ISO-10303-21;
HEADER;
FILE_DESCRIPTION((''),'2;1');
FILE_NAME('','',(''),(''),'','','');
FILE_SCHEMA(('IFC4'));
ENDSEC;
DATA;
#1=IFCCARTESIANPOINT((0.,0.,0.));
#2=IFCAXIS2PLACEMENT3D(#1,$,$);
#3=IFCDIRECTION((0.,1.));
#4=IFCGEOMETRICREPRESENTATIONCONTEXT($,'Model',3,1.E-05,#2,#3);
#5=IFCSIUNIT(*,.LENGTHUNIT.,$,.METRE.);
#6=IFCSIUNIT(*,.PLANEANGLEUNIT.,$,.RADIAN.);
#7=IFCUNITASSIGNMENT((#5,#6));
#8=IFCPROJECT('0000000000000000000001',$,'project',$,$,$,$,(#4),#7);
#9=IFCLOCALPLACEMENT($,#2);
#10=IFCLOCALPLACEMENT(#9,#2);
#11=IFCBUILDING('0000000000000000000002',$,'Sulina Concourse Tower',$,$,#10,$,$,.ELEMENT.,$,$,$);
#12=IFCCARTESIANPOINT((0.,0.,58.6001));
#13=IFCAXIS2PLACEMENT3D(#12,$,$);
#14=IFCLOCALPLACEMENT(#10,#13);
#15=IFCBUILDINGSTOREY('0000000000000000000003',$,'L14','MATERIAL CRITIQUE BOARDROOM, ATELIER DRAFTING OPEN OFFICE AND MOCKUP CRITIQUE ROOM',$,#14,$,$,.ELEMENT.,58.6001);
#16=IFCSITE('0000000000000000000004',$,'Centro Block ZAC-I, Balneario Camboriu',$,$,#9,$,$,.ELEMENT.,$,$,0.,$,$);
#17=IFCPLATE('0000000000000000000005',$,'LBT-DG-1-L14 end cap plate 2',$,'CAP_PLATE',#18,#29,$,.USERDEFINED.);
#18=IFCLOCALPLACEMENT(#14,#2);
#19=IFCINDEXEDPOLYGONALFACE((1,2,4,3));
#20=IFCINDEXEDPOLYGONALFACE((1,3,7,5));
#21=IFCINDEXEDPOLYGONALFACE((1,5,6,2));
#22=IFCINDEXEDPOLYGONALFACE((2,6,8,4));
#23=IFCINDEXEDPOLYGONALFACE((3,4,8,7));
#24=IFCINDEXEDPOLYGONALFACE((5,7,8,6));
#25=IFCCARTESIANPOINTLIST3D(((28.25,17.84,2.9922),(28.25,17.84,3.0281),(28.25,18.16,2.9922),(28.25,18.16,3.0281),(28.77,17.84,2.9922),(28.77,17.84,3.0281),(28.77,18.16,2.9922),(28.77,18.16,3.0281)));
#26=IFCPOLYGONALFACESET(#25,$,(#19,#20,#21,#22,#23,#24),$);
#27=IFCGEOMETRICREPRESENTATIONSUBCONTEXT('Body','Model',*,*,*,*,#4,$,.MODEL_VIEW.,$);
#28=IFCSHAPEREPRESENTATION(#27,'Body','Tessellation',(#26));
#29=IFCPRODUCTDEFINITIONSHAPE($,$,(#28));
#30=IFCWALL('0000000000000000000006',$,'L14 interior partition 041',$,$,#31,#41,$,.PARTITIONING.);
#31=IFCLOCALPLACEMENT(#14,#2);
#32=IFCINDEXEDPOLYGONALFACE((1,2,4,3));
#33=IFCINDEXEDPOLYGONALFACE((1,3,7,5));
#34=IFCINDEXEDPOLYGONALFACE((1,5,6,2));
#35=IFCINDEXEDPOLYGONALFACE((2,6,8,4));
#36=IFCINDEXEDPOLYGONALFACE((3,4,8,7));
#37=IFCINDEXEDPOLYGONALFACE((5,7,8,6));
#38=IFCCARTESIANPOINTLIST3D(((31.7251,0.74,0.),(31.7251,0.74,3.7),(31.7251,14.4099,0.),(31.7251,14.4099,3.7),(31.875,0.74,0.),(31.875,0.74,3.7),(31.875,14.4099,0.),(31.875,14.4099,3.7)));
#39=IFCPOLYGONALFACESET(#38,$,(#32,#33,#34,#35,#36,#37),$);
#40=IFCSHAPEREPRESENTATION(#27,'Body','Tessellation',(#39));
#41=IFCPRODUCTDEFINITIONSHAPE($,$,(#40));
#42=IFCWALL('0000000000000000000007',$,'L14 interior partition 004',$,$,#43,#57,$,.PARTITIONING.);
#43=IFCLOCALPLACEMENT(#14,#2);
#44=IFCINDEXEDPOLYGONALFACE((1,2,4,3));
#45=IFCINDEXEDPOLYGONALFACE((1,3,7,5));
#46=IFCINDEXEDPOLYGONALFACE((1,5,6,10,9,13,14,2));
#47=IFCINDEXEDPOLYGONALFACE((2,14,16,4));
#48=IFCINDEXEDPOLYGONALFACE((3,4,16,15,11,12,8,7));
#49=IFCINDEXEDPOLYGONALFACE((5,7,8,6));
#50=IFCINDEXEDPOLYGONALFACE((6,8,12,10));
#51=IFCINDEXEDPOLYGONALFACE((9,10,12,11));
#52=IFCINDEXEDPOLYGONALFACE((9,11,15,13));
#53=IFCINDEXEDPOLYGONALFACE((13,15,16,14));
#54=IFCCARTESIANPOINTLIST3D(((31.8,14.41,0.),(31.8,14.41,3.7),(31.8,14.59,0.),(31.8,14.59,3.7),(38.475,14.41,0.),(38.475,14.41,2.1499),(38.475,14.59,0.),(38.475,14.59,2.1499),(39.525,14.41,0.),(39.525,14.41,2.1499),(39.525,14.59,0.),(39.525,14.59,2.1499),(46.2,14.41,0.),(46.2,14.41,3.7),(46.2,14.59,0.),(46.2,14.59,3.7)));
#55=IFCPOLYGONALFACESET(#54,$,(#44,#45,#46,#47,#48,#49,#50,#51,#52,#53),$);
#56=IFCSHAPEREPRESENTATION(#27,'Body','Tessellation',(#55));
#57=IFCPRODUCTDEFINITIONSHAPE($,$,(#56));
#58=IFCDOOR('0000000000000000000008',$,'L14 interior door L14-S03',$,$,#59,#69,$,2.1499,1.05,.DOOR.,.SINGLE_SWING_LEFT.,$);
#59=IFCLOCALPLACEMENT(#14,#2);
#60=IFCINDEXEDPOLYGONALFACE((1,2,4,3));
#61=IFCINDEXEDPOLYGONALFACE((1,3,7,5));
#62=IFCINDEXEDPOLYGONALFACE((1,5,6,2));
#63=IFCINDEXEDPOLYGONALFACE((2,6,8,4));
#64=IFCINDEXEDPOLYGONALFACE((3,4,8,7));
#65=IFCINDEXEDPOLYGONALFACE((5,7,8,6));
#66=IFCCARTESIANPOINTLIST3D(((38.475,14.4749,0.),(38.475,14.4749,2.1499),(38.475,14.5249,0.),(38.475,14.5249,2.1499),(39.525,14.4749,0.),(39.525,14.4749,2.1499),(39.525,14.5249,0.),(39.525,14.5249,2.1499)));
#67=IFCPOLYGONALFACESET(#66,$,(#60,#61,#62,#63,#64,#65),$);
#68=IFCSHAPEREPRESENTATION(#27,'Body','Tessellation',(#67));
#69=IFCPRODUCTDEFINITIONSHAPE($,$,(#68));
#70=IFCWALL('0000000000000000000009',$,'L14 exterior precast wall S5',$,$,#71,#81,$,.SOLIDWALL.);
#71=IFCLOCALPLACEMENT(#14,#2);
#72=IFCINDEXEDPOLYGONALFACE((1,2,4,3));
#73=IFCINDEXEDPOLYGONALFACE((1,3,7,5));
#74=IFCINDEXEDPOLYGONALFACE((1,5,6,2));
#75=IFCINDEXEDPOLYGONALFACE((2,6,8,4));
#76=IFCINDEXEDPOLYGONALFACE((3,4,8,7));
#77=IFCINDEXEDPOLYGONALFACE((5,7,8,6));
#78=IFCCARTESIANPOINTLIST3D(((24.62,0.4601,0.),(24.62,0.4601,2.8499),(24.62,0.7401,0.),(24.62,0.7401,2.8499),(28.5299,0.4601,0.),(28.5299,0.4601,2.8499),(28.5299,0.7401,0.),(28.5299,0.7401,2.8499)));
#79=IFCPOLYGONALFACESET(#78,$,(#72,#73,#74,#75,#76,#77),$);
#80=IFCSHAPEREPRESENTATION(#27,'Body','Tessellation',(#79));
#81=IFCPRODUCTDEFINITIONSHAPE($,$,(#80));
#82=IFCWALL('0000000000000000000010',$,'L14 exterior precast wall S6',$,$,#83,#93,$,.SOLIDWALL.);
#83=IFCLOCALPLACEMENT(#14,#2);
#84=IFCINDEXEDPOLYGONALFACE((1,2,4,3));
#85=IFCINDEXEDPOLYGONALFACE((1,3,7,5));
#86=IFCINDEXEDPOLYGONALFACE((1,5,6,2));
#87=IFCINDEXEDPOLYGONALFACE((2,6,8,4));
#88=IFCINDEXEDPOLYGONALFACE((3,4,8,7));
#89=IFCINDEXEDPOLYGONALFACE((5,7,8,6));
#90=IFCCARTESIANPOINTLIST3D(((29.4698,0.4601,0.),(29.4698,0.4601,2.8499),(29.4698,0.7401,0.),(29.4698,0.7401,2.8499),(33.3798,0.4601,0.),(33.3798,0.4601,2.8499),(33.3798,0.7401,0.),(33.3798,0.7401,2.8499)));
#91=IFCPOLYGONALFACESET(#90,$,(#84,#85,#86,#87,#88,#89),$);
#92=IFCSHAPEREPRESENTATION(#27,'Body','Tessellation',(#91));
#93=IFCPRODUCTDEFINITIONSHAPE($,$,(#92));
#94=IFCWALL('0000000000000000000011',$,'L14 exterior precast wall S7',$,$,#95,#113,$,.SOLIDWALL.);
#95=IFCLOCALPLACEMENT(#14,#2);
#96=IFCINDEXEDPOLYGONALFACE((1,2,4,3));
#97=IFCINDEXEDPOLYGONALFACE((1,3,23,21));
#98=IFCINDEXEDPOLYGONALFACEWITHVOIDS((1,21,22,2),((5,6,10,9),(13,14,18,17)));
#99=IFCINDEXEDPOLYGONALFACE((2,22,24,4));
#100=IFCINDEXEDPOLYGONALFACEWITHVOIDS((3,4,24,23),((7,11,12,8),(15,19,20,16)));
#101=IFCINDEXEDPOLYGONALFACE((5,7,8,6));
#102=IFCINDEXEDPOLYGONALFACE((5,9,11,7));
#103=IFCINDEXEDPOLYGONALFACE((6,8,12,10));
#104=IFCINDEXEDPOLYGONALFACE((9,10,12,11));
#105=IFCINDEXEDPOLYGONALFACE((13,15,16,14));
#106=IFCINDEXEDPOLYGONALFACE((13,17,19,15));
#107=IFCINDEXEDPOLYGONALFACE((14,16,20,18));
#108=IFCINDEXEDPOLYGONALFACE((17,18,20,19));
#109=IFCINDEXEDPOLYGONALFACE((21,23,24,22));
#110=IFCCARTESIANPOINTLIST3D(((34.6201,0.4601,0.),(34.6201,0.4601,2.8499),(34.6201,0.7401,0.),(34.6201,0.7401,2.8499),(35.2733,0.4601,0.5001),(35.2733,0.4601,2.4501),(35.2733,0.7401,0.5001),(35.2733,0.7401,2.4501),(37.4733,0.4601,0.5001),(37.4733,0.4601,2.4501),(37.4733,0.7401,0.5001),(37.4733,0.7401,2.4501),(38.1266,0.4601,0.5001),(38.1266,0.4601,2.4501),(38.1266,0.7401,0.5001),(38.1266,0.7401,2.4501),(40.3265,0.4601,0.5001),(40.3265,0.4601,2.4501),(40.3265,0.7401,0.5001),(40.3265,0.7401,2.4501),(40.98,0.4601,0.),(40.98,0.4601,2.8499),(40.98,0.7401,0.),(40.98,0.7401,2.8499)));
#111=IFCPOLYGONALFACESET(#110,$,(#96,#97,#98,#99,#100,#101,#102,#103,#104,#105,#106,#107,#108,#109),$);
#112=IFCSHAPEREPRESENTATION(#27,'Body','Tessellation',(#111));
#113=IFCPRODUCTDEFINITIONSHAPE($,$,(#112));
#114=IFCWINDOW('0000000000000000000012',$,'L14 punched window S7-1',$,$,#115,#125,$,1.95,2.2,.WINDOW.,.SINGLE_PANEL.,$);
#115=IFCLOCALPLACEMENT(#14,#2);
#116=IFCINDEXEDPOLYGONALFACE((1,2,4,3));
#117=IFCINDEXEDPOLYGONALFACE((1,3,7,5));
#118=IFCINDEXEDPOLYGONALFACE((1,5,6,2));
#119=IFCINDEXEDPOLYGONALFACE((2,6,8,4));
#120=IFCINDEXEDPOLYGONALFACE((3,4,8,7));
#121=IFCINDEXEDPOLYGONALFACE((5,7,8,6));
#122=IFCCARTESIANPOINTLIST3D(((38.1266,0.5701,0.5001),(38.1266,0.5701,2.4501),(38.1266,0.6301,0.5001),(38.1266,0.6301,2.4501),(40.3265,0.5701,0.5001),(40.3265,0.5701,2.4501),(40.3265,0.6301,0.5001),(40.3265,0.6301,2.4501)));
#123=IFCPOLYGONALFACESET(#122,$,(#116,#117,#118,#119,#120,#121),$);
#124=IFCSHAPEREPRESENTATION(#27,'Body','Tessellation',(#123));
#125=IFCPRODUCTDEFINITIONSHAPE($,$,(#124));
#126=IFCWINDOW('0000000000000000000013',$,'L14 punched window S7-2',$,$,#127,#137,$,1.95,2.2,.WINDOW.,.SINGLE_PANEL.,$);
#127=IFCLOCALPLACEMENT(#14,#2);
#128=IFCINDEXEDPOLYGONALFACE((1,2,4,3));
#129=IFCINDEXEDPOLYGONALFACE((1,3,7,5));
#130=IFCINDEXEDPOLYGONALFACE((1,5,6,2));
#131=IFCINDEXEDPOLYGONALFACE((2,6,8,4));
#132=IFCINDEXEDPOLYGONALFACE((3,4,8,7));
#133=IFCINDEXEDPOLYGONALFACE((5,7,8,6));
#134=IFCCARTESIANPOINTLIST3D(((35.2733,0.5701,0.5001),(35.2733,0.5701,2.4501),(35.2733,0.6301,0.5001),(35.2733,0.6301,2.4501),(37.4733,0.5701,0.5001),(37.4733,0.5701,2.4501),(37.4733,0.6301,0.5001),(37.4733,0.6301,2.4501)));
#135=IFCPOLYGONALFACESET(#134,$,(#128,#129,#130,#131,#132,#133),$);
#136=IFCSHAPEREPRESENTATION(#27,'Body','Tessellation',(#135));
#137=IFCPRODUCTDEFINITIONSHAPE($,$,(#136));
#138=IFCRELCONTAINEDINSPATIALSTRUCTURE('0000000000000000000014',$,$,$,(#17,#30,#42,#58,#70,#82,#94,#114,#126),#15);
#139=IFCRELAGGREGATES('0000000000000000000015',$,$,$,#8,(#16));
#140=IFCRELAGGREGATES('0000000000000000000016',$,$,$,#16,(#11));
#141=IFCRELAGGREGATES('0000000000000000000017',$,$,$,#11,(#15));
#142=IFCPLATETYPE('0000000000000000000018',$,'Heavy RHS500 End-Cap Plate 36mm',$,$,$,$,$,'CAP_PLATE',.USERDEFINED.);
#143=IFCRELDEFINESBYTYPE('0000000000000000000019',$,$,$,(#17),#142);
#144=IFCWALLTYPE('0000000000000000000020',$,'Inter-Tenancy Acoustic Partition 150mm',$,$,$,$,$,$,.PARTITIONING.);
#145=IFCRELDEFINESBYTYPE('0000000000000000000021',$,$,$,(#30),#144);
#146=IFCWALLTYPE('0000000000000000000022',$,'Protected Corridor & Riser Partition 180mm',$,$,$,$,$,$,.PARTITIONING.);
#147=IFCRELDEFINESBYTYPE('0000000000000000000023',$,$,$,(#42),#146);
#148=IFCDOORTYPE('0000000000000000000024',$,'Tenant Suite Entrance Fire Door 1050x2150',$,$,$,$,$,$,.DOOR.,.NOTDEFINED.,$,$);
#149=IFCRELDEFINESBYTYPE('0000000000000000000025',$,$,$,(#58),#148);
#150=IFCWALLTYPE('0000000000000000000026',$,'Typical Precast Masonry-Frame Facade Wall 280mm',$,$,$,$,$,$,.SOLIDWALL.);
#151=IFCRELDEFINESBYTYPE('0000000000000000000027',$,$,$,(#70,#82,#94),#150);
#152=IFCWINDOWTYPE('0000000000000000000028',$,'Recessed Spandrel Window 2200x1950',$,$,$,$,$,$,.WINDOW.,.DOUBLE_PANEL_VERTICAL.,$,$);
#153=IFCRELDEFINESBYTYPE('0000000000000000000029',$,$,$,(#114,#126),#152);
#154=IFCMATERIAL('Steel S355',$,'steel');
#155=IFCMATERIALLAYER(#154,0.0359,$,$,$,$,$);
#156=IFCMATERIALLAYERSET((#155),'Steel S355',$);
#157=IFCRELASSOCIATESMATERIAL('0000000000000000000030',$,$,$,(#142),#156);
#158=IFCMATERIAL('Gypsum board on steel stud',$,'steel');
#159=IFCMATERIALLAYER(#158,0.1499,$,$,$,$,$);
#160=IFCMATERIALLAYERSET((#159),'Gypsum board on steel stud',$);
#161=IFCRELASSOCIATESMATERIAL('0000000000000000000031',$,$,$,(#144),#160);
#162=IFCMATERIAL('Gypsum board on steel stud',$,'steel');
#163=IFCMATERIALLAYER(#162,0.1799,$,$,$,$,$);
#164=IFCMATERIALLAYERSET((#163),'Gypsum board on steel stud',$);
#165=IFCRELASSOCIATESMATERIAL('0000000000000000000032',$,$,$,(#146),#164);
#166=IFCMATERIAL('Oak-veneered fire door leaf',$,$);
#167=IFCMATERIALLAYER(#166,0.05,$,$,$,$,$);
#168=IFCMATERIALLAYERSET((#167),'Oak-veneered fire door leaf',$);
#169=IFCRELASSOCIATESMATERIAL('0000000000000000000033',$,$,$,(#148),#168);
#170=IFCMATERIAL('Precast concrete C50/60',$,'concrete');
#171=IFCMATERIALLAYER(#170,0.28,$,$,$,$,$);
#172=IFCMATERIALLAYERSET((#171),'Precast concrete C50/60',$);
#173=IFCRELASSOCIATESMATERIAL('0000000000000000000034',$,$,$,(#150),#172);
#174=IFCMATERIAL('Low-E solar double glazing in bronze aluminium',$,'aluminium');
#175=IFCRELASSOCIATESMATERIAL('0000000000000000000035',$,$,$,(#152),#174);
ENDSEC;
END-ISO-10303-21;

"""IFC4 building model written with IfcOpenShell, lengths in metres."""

from ifc_helpers import new_model, si_unit, direction, frame, frame_2d, origin, origin_2d, place, context, subcontext, project, spatial, rectangle, extrude, material, layer, layer_set, type_object, element, fill, save


model = new_model("IFC4")

# Units and contexts
model_context = context("Model", 3, precision=1e-05, world=origin(), true_north=direction((0.0, 1.0)))
body_context = subcontext(model_context, "Body", "Model", "MODEL_VIEW")
ifc_project = project(units=[si_unit("LENGTHUNIT", "METRE"), si_unit("PLANEANGLEUNIT", "RADIAN")], contexts=[model_context])

# Site, building, storey
site_placement = place(None, origin())
site = spatial("IfcSite", under=ifc_project, at=site_placement, Name="Centro Block ZAC-I, Balneario Camboriu", CompositionType="ELEMENT", RefElevation=0.0)
building_placement = place(site_placement, origin())
building = spatial("IfcBuilding", under=site, at=building_placement, Name="Sulina Concourse Tower", CompositionType="ELEMENT")
storey_placement = place(building_placement, frame((0.0, 0.0, 58.6001)))
storey = spatial("IfcBuildingStorey", under=building, at=storey_placement, Name="L14", Description="MATERIAL CRITIQUE BOARDROOM, ATELIER DRAFTING OPEN OFFICE AND MOCKUP CRITIQUE ROOM", CompositionType="ELEMENT", Elevation=58.6001)

# Plate
ifc_material_1 = material(Name="Steel S355", Category="steel")
ifc_layer_1 = layer(ifc_material_1, 0.0359)
ifc_layer_set_1 = layer_set([ifc_layer_1], Name="Steel S355")
plate_type = type_object("IfcPlateType", Name="Heavy RHS500 End-Cap Plate 36mm", ElementType="CAP_PLATE", PredefinedType="USERDEFINED", material=ifc_layer_set_1)
plate_placement = place(storey_placement, frame((28.51, 18.0, 2.9922), z_axis=(0.0, 0.0, 1.0), x_axis=(1.0, 0.0, 0.0)))
element("IfcPlate", 1, at=plate_placement, inside=storey, type_object=plate_type, Name="LBT-DG-1-L14 end cap plate 2", ObjectType="CAP_PLATE", PredefinedType="USERDEFINED", context=body_context, shape_type="SweptSolid", body=[
    extrude(rectangle(XDim=0.52, YDim=0.3201, at=origin_2d()), origin(), (0.0, 0.0, 1.0), 0.0359),
])

# Wall
ifc_material_2 = material(Name="Gypsum board on steel stud", Category="steel")
ifc_layer_2 = layer(ifc_material_2, 0.1499)
ifc_layer_set_2 = layer_set([ifc_layer_2], Name="Gypsum board on steel stud")
wall_type_1 = type_object("IfcWallType", Name="Inter-Tenancy Acoustic Partition 150mm", PredefinedType="PARTITIONING", material=ifc_layer_set_2)
wall_1_placement = place(storey_placement, frame((31.8, 0.74, 0.0), z_axis=(0.0, 0.0, 1.0), x_axis=(0.0, 1.0, 0.0)))
element("IfcWall", 2, at=wall_1_placement, inside=storey, type_object=wall_type_1, Name="L14 interior partition 041", PredefinedType="PARTITIONING", context=body_context, shape_type="SweptSolid", body=[
    extrude(rectangle(XDim=13.6699, YDim=0.1499, at=frame_2d((6.835, 0.0))), origin(), (0.0, 0.0, 1.0), 3.7),
])

# Wall, opening, door
ifc_material_3 = material(Name="Gypsum board on steel stud", Category="steel")
ifc_layer_3 = layer(ifc_material_3, 0.1799)
ifc_layer_set_3 = layer_set([ifc_layer_3], Name="Gypsum board on steel stud")
wall_type_2 = type_object("IfcWallType", Name="Protected Corridor & Riser Partition 180mm", PredefinedType="PARTITIONING", material=ifc_layer_set_3)
wall_2_placement = place(storey_placement, frame((31.8, 14.5, 0.0), z_axis=(0.0, 0.0, 1.0), x_axis=(1.0, 0.0, 0.0)))
wall_2 = element("IfcWall", 3, at=wall_2_placement, inside=storey, type_object=wall_type_2, Name="L14 interior partition 004", PredefinedType="PARTITIONING", context=body_context, shape_type="SweptSolid", body=[
    extrude(rectangle(XDim=14.3999, YDim=0.1799, at=frame_2d((7.2, 0.0))), origin(), (0.0, 0.0, 1.0), 3.7),
])
opening_1_placement = place(wall_2_placement, frame((6.675, 0.0, 0.0)))
opening_1 = element("IfcOpeningElement", 4, at=opening_1_placement, cuts=wall_2, PredefinedType="OPENING", context=body_context, shape_type="SweptSolid", body=[
    extrude(rectangle(XDim=1.05, YDim=2.1499, at=frame_2d((0.5249, 1.075))), frame((0.0, 0.0999, 0.0), z_axis=(0.0, -1.0, 0.0), x_axis=(1.0, 0.0, 0.0)), (0.0, 0.0, 1.0), 0.2),
])
ifc_material_4 = material(Name="Oak-veneered fire door leaf")
ifc_layer_4 = layer(ifc_material_4, 0.05)
ifc_layer_set_4 = layer_set([ifc_layer_4], Name="Oak-veneered fire door leaf")
door_type = type_object("IfcDoorType", Name="Tenant Suite Entrance Fire Door 1050x2150", OperationType="NOTDEFINED", PredefinedType="DOOR", material=ifc_layer_set_4)
door_placement = place(opening_1_placement, origin())
door = element("IfcDoor", 5, at=door_placement, inside=storey, type_object=door_type, Name="L14 interior door L14-S03", OperationType="SINGLE_SWING_LEFT", OverallHeight=2.1499, OverallWidth=1.05, PredefinedType="DOOR", context=body_context, shape_type="SweptSolid", body=[
    extrude(rectangle(XDim=1.05, YDim=2.1499, at=frame_2d((0.5249, 1.075))), frame((0.0, 0.0249, 0.0), z_axis=(0.0, -1.0, 0.0), x_axis=(1.0, 0.0, 0.0)), (0.0, 0.0, 1.0), 0.05),
])
fill(opening_1, door)

# Walls
ifc_material_5 = material(Name="Precast concrete C50/60", Category="concrete")
ifc_layer_5 = layer(ifc_material_5, 0.28)
ifc_layer_set_5 = layer_set([ifc_layer_5], Name="Precast concrete C50/60")
wall_type_3 = type_object("IfcWallType", Name="Typical Precast Masonry-Frame Facade Wall 280mm", PredefinedType="SOLIDWALL", material=ifc_layer_set_5)
for number, where, z_axis, x_axis, name in (
    (6, (28.53, 0.6001, 0.0), (0.0, 0.0, 1.0), (-1.0, 0.0, 0.0), "L14 exterior precast wall S5"),
    (7, (33.3799, 0.6001, 0.0), (0.0, 0.0, 1.0), (-1.0, 0.0, 0.0), "L14 exterior precast wall S6"),
):
    element("IfcWall", number, at=place(storey_placement, frame(where, z_axis=z_axis, x_axis=x_axis)), inside=storey, type_object=wall_type_3, Name=name, PredefinedType="SOLIDWALL", context=body_context, shape_type="SweptSolid", body=[
        extrude(rectangle(XDim=3.9099, YDim=0.28, at=frame_2d((1.9551, 0.0))), origin(), (0.0, 0.0, 1.0), 2.8499),
    ])

# Wall, openings, windows
wall_3_placement = place(storey_placement, frame((40.98, 0.6001, 0.0), z_axis=(0.0, 0.0, 1.0), x_axis=(-1.0, 0.0, 0.0)))
wall_3 = element("IfcWall", 8, at=wall_3_placement, inside=storey, type_object=wall_type_3, Name="L14 exterior precast wall S7", PredefinedType="SOLIDWALL", context=body_context, shape_type="SweptSolid", body=[
    extrude(rectangle(XDim=6.3599, YDim=0.28, at=frame_2d((3.1799, 0.0))), origin(), (0.0, 0.0, 1.0), 2.8499),
])
opening_2_placement = place(wall_3_placement, frame((0.6533, 0.0, 0.5)))
opening_2 = element("IfcOpeningElement", 9, at=opening_2_placement, cuts=wall_3, PredefinedType="OPENING", context=body_context, shape_type="SweptSolid", body=[
    extrude(rectangle(XDim=2.2, YDim=1.95, at=frame_2d((1.1001, 0.9751))), frame((0.0, 0.1499, 0.0), z_axis=(0.0, -1.0, 0.0), x_axis=(1.0, 0.0, 0.0)), (0.0, 0.0, 1.0), 0.3),
])
opening_3_placement = place(wall_3_placement, frame((3.5066, 0.0, 0.5)))
opening_3 = element("IfcOpeningElement", 10, at=opening_3_placement, cuts=wall_3, PredefinedType="OPENING", context=body_context, shape_type="SweptSolid", body=[
    extrude(rectangle(XDim=2.2, YDim=1.95, at=frame_2d((1.1001, 0.9751))), frame((0.0, 0.1499, 0.0), z_axis=(0.0, -1.0, 0.0), x_axis=(1.0, 0.0, 0.0)), (0.0, 0.0, 1.0), 0.3),
])
ifc_material_6 = material(Name="Low-E solar double glazing in bronze aluminium", Category="aluminium")
window_type = type_object("IfcWindowType", Name="Recessed Spandrel Window 2200x1950", PartitioningType="DOUBLE_PANEL_VERTICAL", PredefinedType="WINDOW", material=ifc_material_6)
window_1_placement = place(opening_2_placement, origin())
window_1 = element("IfcWindow", 11, at=window_1_placement, inside=storey, type_object=window_type, Name="L14 punched window S7-1", OverallHeight=1.95, OverallWidth=2.2, PartitioningType="SINGLE_PANEL", PredefinedType="WINDOW", context=body_context, shape_type="SweptSolid", body=[
    extrude(rectangle(XDim=2.2, YDim=1.95, at=frame_2d((1.1001, 0.9751))), frame((0.0, 0.03, 0.0), z_axis=(0.0, -1.0, 0.0), x_axis=(1.0, 0.0, 0.0)), (0.0, 0.0, 1.0), 0.0601),
])
fill(opening_2, window_1)
window_2_placement = place(opening_3_placement, origin())
window_2 = element("IfcWindow", 12, at=window_2_placement, inside=storey, type_object=window_type, Name="L14 punched window S7-2", OverallHeight=1.95, OverallWidth=2.2, PartitioningType="SINGLE_PANEL", PredefinedType="WINDOW", context=body_context, shape_type="SweptSolid", body=[
    extrude(rectangle(XDim=2.2, YDim=1.95, at=frame_2d((1.1001, 0.9751))), frame((0.0, 0.03, 0.0), z_axis=(0.0, -1.0, 0.0), x_axis=(1.0, 0.0, 0.0)), (0.0, 0.0, 1.0), 0.0601),
])
fill(opening_3, window_2)

save(model, "model.ifc")
